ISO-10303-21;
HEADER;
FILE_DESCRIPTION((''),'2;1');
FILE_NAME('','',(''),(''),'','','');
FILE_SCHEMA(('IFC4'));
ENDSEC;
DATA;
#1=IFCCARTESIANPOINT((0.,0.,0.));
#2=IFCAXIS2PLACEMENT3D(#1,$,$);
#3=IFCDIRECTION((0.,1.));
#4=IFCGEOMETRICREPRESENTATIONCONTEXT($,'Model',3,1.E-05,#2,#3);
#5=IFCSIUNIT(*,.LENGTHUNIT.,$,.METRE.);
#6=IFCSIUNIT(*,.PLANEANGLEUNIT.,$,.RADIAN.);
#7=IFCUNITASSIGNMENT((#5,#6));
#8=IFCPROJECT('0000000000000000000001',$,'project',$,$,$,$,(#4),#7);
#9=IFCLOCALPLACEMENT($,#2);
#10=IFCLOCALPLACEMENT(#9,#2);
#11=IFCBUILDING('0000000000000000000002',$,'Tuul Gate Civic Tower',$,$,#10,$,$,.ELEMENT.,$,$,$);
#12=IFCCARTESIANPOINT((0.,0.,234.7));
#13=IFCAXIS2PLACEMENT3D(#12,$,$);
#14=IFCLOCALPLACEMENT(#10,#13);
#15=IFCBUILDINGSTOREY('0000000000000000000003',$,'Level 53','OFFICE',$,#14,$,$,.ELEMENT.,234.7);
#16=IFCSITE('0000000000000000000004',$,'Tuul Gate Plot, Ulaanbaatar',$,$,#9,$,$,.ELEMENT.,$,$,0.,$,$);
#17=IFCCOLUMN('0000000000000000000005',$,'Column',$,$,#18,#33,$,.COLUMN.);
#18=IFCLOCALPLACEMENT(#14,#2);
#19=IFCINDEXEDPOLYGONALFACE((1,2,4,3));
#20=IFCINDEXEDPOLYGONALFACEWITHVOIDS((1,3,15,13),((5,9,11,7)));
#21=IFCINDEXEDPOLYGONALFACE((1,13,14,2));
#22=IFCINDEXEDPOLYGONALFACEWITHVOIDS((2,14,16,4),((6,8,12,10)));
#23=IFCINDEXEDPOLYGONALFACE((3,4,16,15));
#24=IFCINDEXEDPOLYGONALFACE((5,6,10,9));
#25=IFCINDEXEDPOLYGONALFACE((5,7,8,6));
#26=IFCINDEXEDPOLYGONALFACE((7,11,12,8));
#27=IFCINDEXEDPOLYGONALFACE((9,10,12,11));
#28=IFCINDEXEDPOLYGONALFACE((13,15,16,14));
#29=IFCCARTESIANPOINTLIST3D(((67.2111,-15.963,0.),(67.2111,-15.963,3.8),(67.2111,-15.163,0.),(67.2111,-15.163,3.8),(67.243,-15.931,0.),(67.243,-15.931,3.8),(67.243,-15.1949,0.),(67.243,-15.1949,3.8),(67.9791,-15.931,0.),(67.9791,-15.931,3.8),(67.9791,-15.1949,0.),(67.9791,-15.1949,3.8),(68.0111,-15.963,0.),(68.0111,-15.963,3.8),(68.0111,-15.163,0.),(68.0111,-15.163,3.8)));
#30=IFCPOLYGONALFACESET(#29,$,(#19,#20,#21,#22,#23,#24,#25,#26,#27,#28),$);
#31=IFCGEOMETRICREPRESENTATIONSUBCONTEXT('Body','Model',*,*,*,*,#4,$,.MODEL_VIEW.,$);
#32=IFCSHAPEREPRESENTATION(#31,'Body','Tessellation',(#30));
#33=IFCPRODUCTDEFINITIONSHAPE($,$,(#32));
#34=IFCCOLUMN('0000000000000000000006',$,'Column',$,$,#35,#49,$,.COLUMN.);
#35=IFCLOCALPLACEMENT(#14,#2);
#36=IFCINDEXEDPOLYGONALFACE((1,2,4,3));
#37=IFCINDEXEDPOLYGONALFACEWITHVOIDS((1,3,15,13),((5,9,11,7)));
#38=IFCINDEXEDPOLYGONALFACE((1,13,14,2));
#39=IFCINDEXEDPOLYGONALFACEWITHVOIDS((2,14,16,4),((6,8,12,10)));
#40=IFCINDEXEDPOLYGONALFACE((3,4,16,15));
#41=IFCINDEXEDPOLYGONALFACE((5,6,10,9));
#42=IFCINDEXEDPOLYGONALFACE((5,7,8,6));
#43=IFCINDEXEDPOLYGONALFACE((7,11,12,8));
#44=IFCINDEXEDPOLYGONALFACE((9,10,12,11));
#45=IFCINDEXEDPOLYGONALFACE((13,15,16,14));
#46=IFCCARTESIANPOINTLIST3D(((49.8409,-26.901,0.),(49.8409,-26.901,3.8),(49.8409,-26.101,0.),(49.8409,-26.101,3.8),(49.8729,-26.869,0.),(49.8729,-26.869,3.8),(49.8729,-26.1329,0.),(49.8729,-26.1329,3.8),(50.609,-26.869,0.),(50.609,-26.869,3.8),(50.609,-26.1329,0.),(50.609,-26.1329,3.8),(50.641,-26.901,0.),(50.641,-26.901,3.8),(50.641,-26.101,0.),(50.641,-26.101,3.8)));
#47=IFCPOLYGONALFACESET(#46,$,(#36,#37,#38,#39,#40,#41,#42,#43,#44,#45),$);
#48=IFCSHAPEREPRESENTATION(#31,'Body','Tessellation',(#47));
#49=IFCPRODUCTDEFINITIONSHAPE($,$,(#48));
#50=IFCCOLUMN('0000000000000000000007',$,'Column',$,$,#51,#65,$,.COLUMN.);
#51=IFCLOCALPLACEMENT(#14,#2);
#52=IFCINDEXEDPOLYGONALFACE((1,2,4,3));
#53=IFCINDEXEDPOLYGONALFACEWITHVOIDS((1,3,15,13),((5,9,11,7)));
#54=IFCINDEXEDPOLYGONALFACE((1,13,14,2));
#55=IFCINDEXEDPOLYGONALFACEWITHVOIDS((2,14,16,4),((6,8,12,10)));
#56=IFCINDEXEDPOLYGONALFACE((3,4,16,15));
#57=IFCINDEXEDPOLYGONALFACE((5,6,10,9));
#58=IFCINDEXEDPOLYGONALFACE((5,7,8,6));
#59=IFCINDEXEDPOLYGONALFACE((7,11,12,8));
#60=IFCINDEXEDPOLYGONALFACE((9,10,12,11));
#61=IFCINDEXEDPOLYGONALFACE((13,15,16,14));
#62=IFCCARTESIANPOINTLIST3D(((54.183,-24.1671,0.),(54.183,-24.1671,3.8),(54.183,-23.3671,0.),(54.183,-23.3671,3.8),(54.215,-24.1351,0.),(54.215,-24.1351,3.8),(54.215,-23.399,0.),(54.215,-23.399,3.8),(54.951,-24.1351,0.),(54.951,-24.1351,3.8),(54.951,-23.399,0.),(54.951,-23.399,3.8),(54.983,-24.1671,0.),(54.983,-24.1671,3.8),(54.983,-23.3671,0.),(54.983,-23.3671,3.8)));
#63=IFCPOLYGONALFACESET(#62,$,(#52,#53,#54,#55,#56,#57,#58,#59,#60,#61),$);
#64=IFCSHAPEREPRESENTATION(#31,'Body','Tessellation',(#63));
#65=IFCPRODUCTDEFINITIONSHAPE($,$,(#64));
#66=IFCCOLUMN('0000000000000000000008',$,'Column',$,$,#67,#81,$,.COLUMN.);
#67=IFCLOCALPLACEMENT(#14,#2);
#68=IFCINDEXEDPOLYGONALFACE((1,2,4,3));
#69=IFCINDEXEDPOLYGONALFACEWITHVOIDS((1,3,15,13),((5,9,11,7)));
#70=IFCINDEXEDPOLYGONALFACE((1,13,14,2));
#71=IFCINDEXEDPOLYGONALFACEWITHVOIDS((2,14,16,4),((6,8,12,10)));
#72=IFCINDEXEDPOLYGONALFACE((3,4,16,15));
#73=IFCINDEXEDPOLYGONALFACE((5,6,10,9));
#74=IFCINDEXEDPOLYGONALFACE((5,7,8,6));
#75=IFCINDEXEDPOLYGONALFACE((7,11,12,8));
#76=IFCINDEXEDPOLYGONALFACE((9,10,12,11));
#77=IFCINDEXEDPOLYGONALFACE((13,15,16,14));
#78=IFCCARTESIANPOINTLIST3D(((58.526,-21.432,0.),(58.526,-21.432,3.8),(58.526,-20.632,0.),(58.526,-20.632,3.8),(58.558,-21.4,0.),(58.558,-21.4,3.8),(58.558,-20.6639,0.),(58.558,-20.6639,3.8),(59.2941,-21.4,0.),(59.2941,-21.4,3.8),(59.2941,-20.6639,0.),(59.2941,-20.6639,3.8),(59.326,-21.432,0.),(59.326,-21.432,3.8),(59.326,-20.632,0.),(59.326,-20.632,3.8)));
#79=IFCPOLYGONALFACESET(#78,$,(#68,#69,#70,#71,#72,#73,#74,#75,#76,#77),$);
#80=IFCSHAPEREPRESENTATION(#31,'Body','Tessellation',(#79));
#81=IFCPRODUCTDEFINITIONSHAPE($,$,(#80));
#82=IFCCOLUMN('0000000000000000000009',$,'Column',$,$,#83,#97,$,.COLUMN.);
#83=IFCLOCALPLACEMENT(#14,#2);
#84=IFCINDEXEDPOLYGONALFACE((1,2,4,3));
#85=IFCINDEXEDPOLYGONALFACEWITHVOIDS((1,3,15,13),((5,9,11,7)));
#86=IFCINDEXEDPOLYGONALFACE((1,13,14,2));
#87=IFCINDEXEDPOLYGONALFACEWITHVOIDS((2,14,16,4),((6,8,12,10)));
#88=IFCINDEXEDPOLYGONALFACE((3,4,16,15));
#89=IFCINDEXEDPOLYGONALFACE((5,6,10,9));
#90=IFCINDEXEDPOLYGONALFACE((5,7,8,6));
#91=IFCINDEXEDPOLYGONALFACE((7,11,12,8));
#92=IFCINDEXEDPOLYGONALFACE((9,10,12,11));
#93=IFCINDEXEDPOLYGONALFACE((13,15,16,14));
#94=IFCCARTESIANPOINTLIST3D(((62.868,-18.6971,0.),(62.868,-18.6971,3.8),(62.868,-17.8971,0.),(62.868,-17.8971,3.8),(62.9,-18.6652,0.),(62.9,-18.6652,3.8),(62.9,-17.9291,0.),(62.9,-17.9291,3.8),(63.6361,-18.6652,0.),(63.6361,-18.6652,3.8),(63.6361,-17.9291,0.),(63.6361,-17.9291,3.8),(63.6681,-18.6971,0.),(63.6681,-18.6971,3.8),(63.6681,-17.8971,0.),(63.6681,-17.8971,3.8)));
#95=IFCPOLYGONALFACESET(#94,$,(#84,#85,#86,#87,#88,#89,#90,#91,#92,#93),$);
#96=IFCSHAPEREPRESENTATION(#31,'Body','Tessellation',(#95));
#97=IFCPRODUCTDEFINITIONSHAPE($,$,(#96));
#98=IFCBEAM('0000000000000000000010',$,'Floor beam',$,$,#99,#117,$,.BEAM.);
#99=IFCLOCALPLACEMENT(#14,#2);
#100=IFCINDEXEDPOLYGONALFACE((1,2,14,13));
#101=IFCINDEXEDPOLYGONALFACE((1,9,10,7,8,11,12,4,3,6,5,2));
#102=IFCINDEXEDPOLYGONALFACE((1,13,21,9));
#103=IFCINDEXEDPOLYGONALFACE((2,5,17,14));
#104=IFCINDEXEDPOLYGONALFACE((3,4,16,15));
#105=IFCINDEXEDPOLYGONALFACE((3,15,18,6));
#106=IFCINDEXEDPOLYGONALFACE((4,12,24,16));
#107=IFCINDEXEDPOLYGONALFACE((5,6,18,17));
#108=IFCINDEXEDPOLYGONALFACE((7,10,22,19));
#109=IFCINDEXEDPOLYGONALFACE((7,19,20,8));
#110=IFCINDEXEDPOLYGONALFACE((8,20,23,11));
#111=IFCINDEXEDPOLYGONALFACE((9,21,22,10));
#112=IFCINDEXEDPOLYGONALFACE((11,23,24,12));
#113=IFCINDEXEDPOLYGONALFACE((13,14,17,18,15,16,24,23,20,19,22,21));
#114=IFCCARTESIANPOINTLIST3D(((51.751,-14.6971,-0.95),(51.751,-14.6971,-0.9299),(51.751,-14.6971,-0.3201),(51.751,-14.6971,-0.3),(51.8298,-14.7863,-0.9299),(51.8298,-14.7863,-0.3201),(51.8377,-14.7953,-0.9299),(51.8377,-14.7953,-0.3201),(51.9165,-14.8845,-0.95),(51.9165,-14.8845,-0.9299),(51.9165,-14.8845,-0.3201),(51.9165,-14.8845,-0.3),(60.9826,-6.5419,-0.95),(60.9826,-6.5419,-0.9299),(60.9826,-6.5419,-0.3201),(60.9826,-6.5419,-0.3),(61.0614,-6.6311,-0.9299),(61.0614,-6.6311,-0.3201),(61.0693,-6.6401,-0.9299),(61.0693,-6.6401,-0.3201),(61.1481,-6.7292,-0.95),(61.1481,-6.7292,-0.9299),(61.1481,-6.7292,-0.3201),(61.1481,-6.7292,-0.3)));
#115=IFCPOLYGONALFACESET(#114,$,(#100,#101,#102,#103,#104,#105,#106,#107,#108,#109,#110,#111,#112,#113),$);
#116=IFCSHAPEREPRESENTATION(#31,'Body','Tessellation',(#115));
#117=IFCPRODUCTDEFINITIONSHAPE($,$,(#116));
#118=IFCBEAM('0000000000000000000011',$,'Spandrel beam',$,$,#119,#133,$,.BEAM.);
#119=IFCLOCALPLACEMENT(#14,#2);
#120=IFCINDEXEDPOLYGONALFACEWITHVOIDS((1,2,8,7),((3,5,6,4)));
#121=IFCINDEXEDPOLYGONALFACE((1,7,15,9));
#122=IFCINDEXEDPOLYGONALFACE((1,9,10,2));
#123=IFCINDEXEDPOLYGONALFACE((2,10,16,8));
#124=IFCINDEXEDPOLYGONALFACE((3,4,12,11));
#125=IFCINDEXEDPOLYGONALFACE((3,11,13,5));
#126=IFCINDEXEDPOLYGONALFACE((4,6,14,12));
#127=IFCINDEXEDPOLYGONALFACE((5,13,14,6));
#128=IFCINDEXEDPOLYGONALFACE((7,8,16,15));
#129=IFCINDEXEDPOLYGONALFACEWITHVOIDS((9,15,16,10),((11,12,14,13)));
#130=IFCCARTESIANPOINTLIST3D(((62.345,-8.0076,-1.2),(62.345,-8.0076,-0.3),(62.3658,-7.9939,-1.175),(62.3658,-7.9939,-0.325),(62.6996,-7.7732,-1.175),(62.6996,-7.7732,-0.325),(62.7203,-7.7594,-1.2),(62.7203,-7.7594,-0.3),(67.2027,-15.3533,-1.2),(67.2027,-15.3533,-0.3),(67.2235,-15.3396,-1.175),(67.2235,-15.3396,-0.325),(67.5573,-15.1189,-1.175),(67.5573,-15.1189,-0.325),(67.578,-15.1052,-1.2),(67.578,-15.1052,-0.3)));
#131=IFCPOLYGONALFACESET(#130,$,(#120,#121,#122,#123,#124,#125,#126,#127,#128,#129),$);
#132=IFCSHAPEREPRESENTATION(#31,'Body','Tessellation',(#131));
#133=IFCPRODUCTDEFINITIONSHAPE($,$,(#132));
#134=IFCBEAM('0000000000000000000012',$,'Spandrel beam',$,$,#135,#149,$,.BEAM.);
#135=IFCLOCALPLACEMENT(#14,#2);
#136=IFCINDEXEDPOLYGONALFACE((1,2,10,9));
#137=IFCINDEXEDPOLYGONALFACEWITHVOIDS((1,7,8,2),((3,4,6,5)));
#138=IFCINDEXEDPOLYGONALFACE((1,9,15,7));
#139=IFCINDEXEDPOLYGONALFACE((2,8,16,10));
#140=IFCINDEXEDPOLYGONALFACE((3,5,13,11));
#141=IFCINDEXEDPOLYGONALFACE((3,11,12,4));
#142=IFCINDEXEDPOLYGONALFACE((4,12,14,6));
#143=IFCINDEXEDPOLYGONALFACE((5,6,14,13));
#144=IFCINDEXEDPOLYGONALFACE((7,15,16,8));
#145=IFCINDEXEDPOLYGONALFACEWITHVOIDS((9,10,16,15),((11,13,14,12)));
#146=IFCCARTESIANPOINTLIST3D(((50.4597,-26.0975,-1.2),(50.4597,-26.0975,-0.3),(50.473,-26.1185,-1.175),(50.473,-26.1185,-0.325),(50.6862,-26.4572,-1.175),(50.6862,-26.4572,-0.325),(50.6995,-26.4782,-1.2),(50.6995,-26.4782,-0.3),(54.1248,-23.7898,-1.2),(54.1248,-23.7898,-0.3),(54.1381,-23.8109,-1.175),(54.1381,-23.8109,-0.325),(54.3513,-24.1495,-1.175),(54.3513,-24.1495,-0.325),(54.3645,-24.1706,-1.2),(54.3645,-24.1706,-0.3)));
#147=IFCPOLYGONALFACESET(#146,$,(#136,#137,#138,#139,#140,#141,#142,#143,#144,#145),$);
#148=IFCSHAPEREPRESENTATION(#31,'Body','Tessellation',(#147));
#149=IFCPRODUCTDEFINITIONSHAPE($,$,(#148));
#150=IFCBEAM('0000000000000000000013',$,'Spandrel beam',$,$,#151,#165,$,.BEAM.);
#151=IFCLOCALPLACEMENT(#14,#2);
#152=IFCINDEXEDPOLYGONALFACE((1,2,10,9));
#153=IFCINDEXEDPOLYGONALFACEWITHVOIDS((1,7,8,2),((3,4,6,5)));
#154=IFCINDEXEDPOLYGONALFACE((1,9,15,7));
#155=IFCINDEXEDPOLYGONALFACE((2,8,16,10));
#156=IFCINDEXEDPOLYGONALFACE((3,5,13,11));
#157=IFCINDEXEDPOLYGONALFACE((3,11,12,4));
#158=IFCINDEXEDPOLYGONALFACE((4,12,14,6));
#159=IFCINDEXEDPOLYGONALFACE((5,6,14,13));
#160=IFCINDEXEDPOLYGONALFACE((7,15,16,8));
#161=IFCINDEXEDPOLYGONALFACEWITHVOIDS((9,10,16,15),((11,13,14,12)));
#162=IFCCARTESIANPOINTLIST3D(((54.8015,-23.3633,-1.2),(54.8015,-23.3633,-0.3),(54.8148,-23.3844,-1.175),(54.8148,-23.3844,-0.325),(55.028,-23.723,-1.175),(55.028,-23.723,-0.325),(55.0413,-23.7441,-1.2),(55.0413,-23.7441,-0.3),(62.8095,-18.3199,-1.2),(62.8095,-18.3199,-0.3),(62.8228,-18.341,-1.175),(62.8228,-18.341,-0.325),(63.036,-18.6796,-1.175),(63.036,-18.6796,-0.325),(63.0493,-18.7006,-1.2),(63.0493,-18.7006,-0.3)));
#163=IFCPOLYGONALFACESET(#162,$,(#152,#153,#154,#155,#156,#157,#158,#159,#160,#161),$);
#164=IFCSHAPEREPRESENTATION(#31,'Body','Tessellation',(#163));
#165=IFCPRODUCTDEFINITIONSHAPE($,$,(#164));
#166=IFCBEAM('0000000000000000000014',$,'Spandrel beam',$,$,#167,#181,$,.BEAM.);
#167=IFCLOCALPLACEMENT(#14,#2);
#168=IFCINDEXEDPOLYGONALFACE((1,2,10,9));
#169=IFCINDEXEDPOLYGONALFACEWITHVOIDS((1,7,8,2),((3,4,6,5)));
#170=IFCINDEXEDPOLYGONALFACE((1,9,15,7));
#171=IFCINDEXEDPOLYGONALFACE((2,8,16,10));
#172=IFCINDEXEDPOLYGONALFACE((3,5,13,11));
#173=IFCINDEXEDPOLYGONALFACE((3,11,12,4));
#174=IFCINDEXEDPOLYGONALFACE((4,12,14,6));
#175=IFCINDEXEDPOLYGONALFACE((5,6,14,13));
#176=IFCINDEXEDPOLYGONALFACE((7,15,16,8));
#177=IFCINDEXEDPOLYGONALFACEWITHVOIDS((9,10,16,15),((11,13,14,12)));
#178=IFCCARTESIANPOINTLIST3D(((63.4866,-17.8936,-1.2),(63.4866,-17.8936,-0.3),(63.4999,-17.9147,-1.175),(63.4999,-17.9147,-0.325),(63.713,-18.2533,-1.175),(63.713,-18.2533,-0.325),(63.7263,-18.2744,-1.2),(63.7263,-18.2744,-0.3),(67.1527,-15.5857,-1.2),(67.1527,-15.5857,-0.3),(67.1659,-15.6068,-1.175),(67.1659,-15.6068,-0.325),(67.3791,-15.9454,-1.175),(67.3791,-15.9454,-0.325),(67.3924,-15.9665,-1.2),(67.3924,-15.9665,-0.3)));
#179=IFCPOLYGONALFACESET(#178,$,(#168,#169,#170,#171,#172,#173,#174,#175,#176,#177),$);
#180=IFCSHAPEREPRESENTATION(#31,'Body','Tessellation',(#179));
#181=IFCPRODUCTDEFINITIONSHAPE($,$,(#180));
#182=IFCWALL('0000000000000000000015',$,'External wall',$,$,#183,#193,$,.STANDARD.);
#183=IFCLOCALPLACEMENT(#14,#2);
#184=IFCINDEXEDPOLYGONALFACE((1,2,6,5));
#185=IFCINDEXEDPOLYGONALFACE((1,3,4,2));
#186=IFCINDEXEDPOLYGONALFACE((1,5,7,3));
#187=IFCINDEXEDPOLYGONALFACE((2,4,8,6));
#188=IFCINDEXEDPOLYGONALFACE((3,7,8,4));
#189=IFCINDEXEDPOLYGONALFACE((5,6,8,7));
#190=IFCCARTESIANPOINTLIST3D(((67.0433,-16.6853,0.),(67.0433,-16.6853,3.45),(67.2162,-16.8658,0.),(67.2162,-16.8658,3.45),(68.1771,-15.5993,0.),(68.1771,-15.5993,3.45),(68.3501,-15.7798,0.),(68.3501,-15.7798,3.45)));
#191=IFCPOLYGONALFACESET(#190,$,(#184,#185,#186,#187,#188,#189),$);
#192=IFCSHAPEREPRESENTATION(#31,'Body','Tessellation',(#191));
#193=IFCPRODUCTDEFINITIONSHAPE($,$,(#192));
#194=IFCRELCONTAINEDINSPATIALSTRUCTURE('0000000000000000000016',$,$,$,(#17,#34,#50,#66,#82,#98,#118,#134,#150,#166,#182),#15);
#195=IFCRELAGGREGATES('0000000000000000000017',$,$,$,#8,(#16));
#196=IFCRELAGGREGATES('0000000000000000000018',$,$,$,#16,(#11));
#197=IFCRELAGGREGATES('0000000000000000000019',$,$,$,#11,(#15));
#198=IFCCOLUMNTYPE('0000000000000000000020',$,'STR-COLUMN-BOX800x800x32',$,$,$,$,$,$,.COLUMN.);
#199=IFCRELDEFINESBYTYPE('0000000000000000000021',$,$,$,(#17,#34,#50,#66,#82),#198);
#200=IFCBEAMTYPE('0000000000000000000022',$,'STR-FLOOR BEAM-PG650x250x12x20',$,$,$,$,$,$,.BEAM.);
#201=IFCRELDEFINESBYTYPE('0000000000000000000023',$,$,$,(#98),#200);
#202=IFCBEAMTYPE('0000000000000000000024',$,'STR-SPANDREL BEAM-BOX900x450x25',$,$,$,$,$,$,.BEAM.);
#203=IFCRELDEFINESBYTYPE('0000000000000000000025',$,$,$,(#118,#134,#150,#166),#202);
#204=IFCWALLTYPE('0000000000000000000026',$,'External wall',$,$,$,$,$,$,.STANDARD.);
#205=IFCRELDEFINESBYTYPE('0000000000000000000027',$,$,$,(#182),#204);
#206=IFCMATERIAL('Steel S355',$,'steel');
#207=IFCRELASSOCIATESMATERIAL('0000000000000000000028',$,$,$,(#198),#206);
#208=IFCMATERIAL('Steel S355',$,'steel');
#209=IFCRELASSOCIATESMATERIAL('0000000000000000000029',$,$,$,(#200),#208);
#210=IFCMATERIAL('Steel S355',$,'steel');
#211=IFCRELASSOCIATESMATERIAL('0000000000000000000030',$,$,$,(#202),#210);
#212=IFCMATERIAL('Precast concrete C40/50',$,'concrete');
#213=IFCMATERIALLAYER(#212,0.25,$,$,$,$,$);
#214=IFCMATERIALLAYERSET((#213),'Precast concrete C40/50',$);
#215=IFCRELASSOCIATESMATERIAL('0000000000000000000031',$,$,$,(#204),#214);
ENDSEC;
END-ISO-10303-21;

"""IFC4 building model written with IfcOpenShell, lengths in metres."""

from ifc_helpers import new_model, si_unit, direction, frame, frame_2d, origin, origin_2d, place, context, subcontext, project, spatial, rectangle, hollow_rectangle, i_section, extrude, material, layer, layer_set, material_profile, profile_set, type_object, element, save


model = new_model("IFC4")

# Units and contexts
model_context = context("Model", 3, precision=1e-05, world=origin(), true_north=direction((0.0, 1.0)))
body_context = subcontext(model_context, "Body", "Model", "MODEL_VIEW")
ifc_project = project(units=[si_unit("LENGTHUNIT", "METRE"), si_unit("PLANEANGLEUNIT", "RADIAN")], contexts=[model_context])

# Site, building, storey
site_placement = place(None, origin())
site = spatial("IfcSite", under=ifc_project, at=site_placement, Name="Tuul Gate Plot, Ulaanbaatar", CompositionType="ELEMENT", RefElevation=0.0)
building_placement = place(site_placement, origin())
building = spatial("IfcBuilding", under=site, at=building_placement, Name="Tuul Gate Civic Tower", CompositionType="ELEMENT")
storey_placement = place(building_placement, frame((0.0, 0.0, 234.7)))
storey = spatial("IfcBuildingStorey", under=building, at=storey_placement, Name="Level 53", Description="OFFICE", CompositionType="ELEMENT", Elevation=234.7)

# Columns
ifc_material_1 = material(Name="Steel S355", Category="steel")
ifc_material_profile_1 = material_profile(ifc_material_1, hollow_rectangle(XDim=0.8, YDim=0.8, WallThickness=0.032, at=origin_2d()), Name="BOX800x800x32")
ifc_profile_set_1 = profile_set([ifc_material_profile_1], Name="Steel S355")
column_type = type_object("IfcColumnType", Name="STR-COLUMN-BOX800x800x32", PredefinedType="COLUMN", material=ifc_profile_set_1)
for number, where, z_axis, x_axis, name in (
    (1, (67.6111, -15.563, 0.0), (0.0, 0.0, 1.0), (1.0, 0.0, 0.0), "Column"),
    (2, (50.241, -26.501, 0.0), (0.0, 0.0, 1.0), (1.0, 0.0, 0.0), "Column"),
    (3, (54.583, -23.7671, 0.0), (0.0, 0.0, 1.0), (1.0, 0.0, 0.0), "Column"),
    (4, (58.926, -21.032, 0.0), (0.0, 0.0, 1.0), (1.0, 0.0, 0.0), "Column"),
    (5, (63.2681, -18.2971, 0.0), (0.0, 0.0, 1.0), (1.0, 0.0, 0.0), "Column"),
):
    element("IfcColumn", number, at=place(storey_placement, frame(where, z_axis=z_axis, x_axis=x_axis)), inside=storey, type_object=column_type, Name=name, PredefinedType="COLUMN", context=body_context, shape_type="SweptSolid", body=[
        extrude(hollow_rectangle(XDim=0.8, YDim=0.8, WallThickness=0.032, at=origin_2d()), origin(), (0.0, 0.0, 1.0), 3.8),
    ])

# Beams
ifc_material_2 = material(Name="Steel S355", Category="steel")
ifc_material_profile_2 = material_profile(ifc_material_2, i_section(OverallWidth=0.25, OverallDepth=0.6499, WebThickness=0.012, FlangeThickness=0.02, at=origin_2d()), Name="PG650x250x12x20")
ifc_profile_set_2 = profile_set([ifc_material_profile_2], Name="Steel S355")
beam_type_1 = type_object("IfcBeamType", Name="STR-FLOOR BEAM-PG650x250x12x20", PredefinedType="BEAM", material=ifc_profile_set_2)
beam_1_placement = place(storey_placement, frame((51.8337, -14.7908, -0.625), z_axis=(0.749448, 0.662063, 0.0), x_axis=(-0.662063, 0.749448, 0.0)))
element("IfcBeam", 6, at=beam_1_placement, inside=storey, type_object=beam_type_1, Name="Floor beam", PredefinedType="BEAM", context=body_context, shape_type="SweptSolid", body=[
    extrude(i_section(OverallWidth=0.25, OverallDepth=0.6499, WebThickness=0.012, FlangeThickness=0.02, at=origin_2d()), origin(), (0.0, 0.0, 1.0), 12.3179),
])
ifc_material_3 = material(Name="Steel S355", Category="steel")
ifc_material_profile_3 = material_profile(ifc_material_3, hollow_rectangle(XDim=0.45, YDim=0.8999, WallThickness=0.0249, at=origin_2d()), Name="BOX900x450x25")
ifc_profile_set_3 = profile_set([ifc_material_profile_3], Name="Steel S355")
beam_type_2 = type_object("IfcBeamType", Name="STR-SPANDREL BEAM-BOX900x450x25", PredefinedType="BEAM", material=ifc_profile_set_3)
beam_2_placement = place(storey_placement, frame((67.3904, -15.2292, -0.75), z_axis=(-0.551594, 0.834113, 0.0), x_axis=(-0.834113, -0.551594, 0.0)))
element("IfcBeam", 7, at=beam_2_placement, inside=storey, type_object=beam_type_2, Name="Spandrel beam", PredefinedType="BEAM", context=body_context, shape_type="SweptSolid", body=[
    extrude(hollow_rectangle(XDim=0.45, YDim=0.8999, WallThickness=0.0249, at=origin_2d()), origin(), (0.0, 0.0, 1.0), 8.8066),
])
beam_3_placement = place(storey_placement, frame((50.5796, -26.2878, -0.75), z_axis=(0.846233, 0.532813, 0.0), x_axis=(-0.532813, 0.846233, 0.0)))
element("IfcBeam", 8, at=beam_3_placement, inside=storey, type_object=beam_type_2, Name="Spandrel beam", PredefinedType="BEAM", context=body_context, shape_type="SweptSolid", body=[
    extrude(hollow_rectangle(XDim=0.45, YDim=0.8999, WallThickness=0.0249, at=origin_2d()), origin(), (0.0, 0.0, 1.0), 4.3311),
])
beam_4_placement = place(storey_placement, frame((54.9214, -23.5537, -0.75), z_axis=(0.846169, 0.532915, 0.0), x_axis=(-0.532915, 0.846169, 0.0)))
element("IfcBeam", 9, at=beam_4_placement, inside=storey, type_object=beam_type_2, Name="Spandrel beam", PredefinedType="BEAM", context=body_context, shape_type="SweptSolid", body=[
    extrude(hollow_rectangle(XDim=0.45, YDim=0.8999, WallThickness=0.0249, at=origin_2d()), origin(), (0.0, 0.0, 1.0), 9.4639),
])
beam_5_placement = place(storey_placement, frame((63.6064, -18.084, -0.75), z_axis=(0.846271, 0.532752, 0.0), x_axis=(-0.532752, 0.846271, 0.0)))
element("IfcBeam", 10, at=beam_5_placement, inside=storey, type_object=beam_type_2, Name="Spandrel beam", PredefinedType="BEAM", context=body_context, shape_type="SweptSolid", body=[
    extrude(hollow_rectangle(XDim=0.45, YDim=0.8999, WallThickness=0.0249, at=origin_2d()), origin(), (0.0, 0.0, 1.0), 4.332),
])

# Wall
ifc_material_4 = material(Name="Precast concrete C40/50", Category="concrete")
ifc_layer = layer(ifc_material_4, 0.25)
ifc_layer_set = layer_set([ifc_layer], Name="Precast concrete C40/50")
wall_type = type_object("IfcWallType", Name="External wall", PredefinedType="STANDARD", material=ifc_layer_set)
wall_1_placement = place(storey_placement, frame((67.1296, -16.7756, 0.0), z_axis=(0.0, 0.0, 1.0), x_axis=(0.722182, 0.691703, 0.0)))
element("IfcWall", 11, at=wall_1_placement, inside=storey, type_object=wall_type, Name="External wall", PredefinedType="STANDARD", context=body_context, shape_type="SweptSolid", body=[
    extrude(rectangle(XDim=1.5701, YDim=0.25, at=frame_2d((0.7852, 0.0))), origin(), (0.0, 0.0, 1.0), 3.45),
])

save(model, "model.ifc")
